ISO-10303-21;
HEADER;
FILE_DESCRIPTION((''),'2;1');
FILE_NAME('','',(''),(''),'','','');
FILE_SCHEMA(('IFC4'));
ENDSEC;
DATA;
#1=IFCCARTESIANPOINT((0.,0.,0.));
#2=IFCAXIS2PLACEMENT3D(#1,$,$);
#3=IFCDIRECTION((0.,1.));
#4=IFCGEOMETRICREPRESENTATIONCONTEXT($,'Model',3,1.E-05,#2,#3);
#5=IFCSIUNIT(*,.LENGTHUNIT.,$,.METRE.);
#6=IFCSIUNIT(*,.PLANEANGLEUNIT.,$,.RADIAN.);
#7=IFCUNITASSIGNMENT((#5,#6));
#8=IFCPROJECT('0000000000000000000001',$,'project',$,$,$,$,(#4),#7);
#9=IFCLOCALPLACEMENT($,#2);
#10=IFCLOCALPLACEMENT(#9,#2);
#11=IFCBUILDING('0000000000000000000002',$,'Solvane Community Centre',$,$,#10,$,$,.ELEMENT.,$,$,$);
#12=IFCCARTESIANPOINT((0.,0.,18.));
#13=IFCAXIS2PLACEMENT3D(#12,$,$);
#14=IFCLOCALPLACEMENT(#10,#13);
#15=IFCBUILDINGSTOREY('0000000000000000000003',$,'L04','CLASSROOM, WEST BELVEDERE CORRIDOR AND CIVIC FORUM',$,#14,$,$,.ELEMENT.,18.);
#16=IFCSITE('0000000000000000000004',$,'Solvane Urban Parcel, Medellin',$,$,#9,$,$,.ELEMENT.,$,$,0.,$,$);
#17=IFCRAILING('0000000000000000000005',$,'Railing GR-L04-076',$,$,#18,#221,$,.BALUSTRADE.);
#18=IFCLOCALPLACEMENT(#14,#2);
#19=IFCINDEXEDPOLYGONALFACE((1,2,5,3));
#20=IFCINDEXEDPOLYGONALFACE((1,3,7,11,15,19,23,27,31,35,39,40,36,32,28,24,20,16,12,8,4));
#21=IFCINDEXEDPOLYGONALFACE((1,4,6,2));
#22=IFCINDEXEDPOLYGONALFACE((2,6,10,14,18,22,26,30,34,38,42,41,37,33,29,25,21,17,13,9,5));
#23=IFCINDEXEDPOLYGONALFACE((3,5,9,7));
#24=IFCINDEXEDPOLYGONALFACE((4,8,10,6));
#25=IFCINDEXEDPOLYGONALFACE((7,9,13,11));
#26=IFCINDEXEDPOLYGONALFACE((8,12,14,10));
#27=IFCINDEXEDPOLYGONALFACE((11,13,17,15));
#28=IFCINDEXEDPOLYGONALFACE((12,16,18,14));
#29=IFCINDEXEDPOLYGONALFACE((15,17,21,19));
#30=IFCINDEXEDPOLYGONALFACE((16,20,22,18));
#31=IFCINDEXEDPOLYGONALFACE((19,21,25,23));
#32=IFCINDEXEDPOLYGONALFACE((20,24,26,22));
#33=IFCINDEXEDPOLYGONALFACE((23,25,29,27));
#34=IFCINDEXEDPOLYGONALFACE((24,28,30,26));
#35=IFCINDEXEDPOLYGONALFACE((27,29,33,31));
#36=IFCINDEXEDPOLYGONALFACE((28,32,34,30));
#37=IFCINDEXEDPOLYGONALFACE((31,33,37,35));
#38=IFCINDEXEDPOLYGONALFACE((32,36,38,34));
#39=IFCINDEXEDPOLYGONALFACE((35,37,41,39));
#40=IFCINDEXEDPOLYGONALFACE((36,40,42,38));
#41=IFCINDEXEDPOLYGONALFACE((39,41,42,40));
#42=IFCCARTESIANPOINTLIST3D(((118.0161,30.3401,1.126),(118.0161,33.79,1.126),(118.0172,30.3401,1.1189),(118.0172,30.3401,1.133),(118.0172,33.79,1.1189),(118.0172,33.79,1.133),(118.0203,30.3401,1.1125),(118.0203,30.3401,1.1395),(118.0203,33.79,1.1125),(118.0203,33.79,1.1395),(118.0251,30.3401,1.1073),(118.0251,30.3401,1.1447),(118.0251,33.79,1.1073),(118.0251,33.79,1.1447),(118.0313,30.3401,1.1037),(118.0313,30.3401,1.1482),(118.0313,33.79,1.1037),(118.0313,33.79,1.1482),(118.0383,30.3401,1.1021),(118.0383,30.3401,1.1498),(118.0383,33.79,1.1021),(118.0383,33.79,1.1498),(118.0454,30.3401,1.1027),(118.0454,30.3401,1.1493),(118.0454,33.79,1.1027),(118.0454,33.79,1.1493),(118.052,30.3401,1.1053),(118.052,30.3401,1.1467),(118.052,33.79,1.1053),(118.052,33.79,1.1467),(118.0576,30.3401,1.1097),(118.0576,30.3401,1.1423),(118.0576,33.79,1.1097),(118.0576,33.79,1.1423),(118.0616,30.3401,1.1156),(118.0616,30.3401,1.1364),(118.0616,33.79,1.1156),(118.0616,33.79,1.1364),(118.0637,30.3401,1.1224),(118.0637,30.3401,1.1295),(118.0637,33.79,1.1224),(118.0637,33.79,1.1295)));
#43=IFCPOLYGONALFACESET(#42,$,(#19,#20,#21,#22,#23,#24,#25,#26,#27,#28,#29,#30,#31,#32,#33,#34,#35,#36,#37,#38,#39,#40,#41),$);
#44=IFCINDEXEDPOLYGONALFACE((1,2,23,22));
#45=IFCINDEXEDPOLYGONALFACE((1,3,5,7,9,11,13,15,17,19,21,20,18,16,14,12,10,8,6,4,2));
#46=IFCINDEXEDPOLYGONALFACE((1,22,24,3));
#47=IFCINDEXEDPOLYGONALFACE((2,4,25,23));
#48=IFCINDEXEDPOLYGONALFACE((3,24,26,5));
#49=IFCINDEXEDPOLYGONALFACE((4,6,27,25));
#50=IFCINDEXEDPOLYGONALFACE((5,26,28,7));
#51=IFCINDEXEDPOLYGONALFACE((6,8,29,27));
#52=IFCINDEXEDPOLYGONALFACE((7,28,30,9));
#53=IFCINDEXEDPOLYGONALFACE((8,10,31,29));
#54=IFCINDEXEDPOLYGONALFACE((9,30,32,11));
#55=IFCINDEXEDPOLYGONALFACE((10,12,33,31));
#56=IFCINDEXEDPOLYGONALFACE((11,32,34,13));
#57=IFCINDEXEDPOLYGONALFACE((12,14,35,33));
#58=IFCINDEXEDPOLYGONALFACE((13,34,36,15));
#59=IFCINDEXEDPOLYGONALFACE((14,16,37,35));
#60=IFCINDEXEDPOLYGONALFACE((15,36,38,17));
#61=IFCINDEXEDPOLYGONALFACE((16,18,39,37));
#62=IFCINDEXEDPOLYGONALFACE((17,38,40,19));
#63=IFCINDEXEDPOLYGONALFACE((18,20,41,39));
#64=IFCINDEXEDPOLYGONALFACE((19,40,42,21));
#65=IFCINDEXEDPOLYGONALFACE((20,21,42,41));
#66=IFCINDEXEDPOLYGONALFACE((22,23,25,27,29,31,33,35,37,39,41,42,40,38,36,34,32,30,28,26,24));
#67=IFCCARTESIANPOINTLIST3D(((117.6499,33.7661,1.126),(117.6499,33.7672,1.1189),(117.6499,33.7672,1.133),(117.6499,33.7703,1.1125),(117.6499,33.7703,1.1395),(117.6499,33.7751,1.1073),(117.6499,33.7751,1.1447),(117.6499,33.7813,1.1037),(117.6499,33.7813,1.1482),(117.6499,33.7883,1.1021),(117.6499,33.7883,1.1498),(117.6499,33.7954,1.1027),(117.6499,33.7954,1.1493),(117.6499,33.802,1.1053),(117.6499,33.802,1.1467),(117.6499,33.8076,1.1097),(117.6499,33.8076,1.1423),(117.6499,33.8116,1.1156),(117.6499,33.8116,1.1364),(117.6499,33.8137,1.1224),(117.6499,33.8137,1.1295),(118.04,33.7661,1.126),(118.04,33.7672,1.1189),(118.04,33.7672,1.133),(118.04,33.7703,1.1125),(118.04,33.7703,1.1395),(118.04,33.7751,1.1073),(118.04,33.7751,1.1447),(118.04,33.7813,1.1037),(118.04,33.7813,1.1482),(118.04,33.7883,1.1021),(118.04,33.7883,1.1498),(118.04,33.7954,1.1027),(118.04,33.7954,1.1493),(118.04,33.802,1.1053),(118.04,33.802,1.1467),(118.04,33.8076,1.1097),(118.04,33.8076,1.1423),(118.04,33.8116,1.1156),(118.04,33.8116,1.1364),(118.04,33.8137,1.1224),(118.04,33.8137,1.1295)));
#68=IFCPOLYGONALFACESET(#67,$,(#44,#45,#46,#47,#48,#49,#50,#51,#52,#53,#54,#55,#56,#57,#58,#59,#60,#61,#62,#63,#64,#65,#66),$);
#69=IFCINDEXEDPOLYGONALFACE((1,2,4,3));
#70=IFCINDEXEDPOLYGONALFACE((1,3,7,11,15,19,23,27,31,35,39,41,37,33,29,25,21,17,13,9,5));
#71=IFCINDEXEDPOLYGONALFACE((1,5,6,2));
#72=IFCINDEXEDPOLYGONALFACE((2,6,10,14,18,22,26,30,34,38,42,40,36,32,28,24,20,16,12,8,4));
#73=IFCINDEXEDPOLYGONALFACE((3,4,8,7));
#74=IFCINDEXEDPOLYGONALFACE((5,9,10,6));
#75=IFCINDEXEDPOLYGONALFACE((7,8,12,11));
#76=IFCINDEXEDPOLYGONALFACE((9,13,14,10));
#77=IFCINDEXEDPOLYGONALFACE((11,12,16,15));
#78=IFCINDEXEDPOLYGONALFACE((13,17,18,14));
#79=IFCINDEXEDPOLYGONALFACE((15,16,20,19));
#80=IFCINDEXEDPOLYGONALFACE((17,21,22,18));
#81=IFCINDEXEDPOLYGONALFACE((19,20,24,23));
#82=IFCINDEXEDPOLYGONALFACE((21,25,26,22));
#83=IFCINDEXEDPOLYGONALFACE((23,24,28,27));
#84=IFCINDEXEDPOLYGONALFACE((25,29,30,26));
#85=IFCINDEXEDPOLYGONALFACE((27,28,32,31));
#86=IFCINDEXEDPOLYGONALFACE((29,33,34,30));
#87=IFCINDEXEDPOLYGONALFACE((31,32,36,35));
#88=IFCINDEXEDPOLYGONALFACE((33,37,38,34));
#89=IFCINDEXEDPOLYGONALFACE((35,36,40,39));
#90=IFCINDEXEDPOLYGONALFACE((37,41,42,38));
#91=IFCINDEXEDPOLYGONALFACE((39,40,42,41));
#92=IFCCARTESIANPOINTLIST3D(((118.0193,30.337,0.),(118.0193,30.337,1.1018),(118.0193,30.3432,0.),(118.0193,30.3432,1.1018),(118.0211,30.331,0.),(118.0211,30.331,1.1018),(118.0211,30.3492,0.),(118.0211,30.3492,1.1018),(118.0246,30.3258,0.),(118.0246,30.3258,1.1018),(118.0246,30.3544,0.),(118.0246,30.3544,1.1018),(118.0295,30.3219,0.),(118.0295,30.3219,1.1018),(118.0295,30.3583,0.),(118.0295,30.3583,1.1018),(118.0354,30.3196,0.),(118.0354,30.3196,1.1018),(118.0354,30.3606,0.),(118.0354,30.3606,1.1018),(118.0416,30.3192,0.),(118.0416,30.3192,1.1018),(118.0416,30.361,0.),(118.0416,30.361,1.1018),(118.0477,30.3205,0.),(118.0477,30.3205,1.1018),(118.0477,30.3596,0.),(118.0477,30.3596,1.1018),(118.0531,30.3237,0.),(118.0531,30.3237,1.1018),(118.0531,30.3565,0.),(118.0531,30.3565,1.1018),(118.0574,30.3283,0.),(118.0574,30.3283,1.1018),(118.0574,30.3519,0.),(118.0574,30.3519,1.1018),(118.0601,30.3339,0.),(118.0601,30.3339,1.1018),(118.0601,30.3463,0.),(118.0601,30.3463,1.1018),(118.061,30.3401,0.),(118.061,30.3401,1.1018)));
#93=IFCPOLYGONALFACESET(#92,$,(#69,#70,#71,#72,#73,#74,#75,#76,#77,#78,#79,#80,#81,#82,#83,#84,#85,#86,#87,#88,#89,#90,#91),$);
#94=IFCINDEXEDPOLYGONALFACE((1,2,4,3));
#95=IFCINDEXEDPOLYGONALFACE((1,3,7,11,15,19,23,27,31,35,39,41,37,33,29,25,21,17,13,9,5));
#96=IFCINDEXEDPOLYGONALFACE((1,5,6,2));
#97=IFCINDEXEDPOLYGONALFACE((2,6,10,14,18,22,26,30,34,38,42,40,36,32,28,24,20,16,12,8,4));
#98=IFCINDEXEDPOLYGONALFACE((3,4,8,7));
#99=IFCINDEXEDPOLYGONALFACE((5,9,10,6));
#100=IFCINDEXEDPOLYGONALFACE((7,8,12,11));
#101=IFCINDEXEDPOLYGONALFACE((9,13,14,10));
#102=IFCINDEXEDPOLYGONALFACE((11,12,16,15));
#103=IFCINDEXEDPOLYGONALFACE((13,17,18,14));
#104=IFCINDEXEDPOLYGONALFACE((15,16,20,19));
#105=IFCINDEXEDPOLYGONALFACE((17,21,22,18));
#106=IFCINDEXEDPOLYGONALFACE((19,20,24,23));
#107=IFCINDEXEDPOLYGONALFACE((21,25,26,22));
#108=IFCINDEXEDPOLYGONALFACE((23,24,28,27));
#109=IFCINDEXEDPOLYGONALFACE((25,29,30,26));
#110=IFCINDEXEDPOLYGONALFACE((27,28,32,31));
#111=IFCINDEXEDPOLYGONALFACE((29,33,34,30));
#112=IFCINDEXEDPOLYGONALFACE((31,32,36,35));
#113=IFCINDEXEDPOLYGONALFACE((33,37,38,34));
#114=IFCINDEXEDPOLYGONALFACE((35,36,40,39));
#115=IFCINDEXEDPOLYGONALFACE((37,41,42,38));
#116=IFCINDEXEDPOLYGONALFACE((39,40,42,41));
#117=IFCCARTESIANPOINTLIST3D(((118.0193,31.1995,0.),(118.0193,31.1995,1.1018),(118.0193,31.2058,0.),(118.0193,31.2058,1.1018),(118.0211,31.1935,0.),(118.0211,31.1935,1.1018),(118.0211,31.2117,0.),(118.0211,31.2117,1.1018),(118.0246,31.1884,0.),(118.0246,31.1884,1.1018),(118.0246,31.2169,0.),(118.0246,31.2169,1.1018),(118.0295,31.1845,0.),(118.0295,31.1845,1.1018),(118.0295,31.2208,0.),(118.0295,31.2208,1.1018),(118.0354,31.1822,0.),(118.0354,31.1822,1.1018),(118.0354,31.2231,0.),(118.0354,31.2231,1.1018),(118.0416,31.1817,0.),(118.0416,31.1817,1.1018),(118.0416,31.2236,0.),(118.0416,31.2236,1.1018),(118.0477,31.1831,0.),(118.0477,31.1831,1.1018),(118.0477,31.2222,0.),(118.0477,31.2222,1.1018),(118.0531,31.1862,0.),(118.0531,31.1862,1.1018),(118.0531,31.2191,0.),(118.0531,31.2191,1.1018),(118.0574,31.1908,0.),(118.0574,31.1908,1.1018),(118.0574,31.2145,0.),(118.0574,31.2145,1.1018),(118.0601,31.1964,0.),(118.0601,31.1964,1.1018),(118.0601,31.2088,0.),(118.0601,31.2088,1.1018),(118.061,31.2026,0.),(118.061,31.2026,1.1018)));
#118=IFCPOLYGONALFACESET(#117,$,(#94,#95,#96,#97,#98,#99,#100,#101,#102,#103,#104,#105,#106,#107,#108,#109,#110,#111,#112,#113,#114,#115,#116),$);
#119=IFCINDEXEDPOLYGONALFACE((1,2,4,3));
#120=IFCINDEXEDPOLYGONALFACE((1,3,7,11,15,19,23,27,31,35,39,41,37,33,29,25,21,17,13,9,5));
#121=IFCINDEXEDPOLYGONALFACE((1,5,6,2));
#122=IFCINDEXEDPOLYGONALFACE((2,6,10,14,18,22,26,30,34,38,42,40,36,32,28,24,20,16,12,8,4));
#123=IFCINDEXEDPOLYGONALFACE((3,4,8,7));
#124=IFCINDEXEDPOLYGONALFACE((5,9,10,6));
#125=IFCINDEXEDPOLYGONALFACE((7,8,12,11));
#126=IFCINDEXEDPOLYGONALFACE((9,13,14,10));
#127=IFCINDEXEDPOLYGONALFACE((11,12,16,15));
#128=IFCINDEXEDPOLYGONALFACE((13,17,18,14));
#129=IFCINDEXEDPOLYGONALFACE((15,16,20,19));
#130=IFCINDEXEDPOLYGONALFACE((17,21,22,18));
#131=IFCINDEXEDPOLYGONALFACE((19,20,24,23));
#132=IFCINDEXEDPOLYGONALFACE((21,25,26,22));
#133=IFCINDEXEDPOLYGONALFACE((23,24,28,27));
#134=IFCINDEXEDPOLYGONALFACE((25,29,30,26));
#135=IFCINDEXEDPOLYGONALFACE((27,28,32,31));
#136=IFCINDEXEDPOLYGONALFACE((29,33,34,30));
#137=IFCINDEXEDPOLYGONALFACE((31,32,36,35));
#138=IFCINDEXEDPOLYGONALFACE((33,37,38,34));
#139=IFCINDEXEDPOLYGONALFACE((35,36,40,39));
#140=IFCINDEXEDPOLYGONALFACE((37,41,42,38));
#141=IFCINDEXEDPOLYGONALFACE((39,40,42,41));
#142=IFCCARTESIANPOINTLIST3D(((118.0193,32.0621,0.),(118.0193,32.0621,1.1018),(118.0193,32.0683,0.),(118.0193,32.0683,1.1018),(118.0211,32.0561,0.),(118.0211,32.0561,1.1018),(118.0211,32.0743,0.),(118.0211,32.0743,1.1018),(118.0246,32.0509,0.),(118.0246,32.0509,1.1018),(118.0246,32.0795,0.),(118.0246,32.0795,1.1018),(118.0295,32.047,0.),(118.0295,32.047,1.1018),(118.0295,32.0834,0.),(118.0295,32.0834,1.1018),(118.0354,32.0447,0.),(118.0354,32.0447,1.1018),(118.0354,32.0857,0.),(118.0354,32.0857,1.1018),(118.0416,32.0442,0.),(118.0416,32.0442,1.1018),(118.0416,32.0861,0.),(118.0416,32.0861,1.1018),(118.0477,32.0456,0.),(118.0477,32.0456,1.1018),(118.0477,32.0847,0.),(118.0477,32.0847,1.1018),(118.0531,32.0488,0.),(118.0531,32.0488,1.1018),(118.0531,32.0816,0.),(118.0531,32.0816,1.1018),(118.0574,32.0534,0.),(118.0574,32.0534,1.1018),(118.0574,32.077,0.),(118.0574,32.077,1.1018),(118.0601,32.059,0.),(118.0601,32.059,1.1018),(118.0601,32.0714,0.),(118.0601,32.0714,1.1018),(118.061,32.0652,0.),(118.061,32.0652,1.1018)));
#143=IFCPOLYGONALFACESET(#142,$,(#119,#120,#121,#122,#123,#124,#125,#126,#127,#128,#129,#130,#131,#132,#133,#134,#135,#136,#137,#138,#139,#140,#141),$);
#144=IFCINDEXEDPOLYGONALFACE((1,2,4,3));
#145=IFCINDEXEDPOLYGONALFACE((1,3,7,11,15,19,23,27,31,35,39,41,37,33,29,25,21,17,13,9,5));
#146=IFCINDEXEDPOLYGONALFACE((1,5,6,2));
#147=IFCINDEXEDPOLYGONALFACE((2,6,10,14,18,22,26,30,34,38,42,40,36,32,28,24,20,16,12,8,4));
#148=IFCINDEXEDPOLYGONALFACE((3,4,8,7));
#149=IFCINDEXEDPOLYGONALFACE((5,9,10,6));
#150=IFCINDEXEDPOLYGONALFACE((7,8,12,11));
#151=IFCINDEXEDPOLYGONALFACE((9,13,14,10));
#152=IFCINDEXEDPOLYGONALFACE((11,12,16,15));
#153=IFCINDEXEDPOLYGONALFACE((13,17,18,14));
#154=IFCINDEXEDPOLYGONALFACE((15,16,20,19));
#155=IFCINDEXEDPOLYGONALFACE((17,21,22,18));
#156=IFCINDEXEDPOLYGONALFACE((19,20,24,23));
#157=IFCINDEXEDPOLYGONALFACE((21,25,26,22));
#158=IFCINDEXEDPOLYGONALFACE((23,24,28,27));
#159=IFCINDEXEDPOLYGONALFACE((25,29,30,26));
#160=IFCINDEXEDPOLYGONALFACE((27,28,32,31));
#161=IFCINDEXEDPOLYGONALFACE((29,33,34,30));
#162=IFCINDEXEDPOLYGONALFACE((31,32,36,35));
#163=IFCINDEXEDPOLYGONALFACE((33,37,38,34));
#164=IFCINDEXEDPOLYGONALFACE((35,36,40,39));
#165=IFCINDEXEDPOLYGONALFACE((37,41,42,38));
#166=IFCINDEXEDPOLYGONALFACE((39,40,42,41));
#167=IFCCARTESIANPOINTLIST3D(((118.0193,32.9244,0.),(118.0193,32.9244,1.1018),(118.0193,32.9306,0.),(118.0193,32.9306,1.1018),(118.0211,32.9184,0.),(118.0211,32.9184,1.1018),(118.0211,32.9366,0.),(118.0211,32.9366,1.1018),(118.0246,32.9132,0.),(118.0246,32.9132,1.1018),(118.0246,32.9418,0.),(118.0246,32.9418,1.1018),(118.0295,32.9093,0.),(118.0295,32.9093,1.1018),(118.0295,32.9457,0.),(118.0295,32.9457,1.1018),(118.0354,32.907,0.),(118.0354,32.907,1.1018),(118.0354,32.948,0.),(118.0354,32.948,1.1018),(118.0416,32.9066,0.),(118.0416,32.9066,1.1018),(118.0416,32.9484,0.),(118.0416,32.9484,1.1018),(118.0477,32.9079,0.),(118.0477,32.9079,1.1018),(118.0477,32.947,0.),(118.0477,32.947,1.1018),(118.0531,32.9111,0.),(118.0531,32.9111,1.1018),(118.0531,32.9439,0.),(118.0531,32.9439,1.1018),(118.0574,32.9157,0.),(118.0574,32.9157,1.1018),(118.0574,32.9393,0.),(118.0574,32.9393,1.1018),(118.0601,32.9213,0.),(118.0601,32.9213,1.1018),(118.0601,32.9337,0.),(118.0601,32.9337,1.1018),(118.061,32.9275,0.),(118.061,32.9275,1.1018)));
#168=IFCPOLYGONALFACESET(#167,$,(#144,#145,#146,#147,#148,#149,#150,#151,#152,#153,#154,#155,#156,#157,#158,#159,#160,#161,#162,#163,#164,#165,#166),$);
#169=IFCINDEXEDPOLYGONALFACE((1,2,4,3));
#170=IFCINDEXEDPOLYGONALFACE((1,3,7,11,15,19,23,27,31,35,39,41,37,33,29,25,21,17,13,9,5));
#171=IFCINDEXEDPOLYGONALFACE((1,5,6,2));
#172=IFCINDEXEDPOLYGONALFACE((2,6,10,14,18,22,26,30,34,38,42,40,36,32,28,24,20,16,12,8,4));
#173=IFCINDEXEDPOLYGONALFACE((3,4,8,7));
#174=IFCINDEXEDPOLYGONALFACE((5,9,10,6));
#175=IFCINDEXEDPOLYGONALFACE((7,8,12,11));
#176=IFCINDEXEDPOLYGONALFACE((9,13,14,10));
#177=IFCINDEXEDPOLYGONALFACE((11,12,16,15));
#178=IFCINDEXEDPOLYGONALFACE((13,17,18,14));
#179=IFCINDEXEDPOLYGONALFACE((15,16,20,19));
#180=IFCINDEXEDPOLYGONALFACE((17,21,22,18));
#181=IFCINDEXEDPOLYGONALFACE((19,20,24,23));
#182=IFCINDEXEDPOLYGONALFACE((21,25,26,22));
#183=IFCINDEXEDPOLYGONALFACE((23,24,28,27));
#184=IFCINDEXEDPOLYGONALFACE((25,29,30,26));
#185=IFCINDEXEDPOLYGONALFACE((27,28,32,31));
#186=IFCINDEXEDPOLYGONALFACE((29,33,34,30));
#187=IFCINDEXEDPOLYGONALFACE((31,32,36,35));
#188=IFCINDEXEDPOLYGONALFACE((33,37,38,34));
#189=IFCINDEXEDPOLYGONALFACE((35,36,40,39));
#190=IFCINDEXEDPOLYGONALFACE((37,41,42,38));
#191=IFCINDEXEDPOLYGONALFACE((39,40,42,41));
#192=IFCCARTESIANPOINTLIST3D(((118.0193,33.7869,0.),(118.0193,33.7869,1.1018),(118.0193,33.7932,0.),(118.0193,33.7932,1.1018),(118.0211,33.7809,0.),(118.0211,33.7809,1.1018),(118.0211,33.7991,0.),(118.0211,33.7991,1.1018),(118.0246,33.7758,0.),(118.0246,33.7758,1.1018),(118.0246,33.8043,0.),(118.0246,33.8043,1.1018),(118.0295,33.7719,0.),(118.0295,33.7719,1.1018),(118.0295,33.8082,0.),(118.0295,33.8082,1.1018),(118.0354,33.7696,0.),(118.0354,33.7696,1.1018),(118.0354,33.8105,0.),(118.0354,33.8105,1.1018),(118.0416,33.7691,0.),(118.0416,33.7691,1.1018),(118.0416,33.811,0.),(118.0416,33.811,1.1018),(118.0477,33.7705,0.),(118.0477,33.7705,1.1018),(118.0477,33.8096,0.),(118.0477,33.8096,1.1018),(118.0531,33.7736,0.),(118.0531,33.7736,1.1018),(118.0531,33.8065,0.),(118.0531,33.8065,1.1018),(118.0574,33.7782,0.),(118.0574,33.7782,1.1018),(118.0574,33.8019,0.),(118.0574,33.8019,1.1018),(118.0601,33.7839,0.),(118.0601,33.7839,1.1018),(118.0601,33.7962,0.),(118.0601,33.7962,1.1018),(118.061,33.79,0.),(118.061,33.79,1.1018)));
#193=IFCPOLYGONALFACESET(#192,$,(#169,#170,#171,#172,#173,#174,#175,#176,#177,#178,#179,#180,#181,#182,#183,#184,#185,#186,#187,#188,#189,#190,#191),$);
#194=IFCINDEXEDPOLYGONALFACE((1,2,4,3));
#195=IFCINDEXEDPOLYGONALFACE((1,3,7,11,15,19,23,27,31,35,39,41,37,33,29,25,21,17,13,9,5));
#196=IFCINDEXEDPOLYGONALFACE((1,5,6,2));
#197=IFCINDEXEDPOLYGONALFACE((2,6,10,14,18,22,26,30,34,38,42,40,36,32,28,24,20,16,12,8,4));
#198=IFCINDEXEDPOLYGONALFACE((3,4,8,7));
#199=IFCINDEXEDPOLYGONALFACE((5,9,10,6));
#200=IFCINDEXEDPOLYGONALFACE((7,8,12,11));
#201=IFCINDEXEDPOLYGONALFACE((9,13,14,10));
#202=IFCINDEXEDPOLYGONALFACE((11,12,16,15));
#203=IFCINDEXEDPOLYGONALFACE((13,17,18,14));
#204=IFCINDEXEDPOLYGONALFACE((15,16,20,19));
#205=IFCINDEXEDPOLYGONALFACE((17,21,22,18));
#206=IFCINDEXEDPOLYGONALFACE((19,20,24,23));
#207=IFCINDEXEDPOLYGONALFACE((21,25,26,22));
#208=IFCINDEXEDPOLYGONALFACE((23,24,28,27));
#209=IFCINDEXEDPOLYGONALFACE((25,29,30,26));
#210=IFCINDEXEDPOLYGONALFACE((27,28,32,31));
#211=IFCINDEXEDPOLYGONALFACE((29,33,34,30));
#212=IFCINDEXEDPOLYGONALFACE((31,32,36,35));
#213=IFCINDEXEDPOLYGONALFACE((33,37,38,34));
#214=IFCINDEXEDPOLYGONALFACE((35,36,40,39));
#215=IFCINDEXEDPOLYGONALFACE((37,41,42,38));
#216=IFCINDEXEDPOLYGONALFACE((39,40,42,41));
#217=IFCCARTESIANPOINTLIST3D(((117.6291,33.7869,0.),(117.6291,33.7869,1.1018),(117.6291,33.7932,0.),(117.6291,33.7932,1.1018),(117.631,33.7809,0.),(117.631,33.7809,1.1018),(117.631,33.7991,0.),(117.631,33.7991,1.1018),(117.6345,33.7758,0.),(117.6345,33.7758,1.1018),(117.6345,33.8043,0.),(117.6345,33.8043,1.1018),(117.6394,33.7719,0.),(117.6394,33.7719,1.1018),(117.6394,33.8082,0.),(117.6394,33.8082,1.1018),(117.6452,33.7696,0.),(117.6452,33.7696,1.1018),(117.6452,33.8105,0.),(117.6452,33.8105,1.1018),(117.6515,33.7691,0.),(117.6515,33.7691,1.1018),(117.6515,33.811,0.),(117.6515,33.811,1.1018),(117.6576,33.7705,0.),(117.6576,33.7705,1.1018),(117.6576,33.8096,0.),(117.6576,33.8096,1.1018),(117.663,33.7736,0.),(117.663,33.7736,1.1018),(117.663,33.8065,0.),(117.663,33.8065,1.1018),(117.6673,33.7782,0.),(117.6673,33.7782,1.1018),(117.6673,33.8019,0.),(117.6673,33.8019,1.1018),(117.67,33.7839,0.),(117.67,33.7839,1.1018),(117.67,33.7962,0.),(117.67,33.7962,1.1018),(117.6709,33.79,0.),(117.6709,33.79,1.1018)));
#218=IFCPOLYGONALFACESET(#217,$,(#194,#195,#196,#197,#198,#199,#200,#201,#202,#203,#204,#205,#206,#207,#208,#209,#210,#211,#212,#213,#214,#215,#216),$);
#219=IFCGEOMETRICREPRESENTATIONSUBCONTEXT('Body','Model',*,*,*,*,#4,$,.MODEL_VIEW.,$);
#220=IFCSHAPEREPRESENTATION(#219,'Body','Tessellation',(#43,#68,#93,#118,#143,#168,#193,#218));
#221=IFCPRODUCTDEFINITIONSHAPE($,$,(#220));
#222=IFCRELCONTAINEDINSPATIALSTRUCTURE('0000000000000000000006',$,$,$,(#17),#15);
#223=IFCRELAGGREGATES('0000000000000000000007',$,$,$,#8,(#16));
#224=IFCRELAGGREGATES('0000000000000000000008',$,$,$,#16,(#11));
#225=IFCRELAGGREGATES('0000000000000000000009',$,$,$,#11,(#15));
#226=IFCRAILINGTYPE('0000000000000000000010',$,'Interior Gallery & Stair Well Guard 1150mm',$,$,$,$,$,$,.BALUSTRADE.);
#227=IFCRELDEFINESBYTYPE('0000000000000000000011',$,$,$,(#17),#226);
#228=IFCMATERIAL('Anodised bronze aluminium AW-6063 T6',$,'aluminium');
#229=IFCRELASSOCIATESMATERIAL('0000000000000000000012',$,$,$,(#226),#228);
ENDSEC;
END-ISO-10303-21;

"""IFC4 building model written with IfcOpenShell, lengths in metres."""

from ifc_helpers import new_model, si_unit, direction, frame, origin, origin_2d, place, context, subcontext, project, spatial, circle, extrude, material, type_object, element, save


model = new_model("IFC4")

# Units and contexts
model_context = context("Model", 3, precision=1e-05, world=origin(), true_north=direction((0.0, 1.0)))
body_context = subcontext(model_context, "Body", "Model", "MODEL_VIEW")
ifc_project = project(units=[si_unit("LENGTHUNIT", "METRE"), si_unit("PLANEANGLEUNIT", "RADIAN")], contexts=[model_context])

# Site, building, storey
site_placement = place(None, origin())
site = spatial("IfcSite", under=ifc_project, at=site_placement, Name="Solvane Urban Parcel, Medellin", CompositionType="ELEMENT", RefElevation=0.0)
building_placement = place(site_placement, origin())
building = spatial("IfcBuilding", under=site, at=building_placement, Name="Solvane Community Centre", CompositionType="ELEMENT")
storey_placement = place(building_placement, frame((0.0, 0.0, 18.0)))
storey = spatial("IfcBuildingStorey", under=building, at=storey_placement, Name="L04", Description="CLASSROOM, WEST BELVEDERE CORRIDOR AND CIVIC FORUM", CompositionType="ELEMENT", Elevation=18.0)

# Shared definitions
ifc_material_1 = material(Name="Anodised bronze aluminium AW-6063 T6", Category="aluminium")

# Railing
railing_type_1 = type_object("IfcRailingType", Name="Interior Gallery & Stair Well Guard 1150mm", PredefinedType="BALUSTRADE", material=ifc_material_1)
railing_1_placement = place(storey_placement, frame((118.04, 30.3401, 0.0)))
element("IfcRailing", 1, at=railing_1_placement, inside=storey, type_object=railing_type_1, Name="Railing GR-L04-076", PredefinedType="BALUSTRADE", context=body_context, shape_type="SweptSolid", body=[
    extrude(circle(Radius=0.0239, at=origin_2d()), frame((0.0, 0.0, 1.126), z_axis=(0.0, 1.0, 0.0), x_axis=(-1.0, 0.0, 0.0)), (0.0, 0.0, 1.0), 3.45),
    extrude(circle(Radius=0.0239, at=origin_2d()), frame((0.0, 3.45, 1.126), z_axis=(-1.0, 0.0, 0.0), x_axis=(0.0, -1.0, 0.0)), (0.0, 0.0, 1.0), 0.3901),
    extrude(circle(Radius=0.021, at=origin_2d()), origin(), (0.0, 0.0, 1.0), 1.1018),
    extrude(circle(Radius=0.021, at=origin_2d()), frame((0.0, 0.8625, 0.0)), (0.0, 0.0, 1.0), 1.1018),
    extrude(circle(Radius=0.021, at=origin_2d()), frame((0.0, 1.7251, 0.0)), (0.0, 0.0, 1.0), 1.1018),
    extrude(circle(Radius=0.021, at=origin_2d()), frame((0.0, 2.5874, 0.0)), (0.0, 0.0, 1.0), 1.1018),
    extrude(circle(Radius=0.021, at=origin_2d()), frame((0.0, 3.45, 0.0)), (0.0, 0.0, 1.0), 1.1018),
    extrude(circle(Radius=0.021, at=origin_2d()), frame((-0.3901, 3.45, 0.0)), (0.0, 0.0, 1.0), 1.1018),
])

save(model, "model.ifc")
